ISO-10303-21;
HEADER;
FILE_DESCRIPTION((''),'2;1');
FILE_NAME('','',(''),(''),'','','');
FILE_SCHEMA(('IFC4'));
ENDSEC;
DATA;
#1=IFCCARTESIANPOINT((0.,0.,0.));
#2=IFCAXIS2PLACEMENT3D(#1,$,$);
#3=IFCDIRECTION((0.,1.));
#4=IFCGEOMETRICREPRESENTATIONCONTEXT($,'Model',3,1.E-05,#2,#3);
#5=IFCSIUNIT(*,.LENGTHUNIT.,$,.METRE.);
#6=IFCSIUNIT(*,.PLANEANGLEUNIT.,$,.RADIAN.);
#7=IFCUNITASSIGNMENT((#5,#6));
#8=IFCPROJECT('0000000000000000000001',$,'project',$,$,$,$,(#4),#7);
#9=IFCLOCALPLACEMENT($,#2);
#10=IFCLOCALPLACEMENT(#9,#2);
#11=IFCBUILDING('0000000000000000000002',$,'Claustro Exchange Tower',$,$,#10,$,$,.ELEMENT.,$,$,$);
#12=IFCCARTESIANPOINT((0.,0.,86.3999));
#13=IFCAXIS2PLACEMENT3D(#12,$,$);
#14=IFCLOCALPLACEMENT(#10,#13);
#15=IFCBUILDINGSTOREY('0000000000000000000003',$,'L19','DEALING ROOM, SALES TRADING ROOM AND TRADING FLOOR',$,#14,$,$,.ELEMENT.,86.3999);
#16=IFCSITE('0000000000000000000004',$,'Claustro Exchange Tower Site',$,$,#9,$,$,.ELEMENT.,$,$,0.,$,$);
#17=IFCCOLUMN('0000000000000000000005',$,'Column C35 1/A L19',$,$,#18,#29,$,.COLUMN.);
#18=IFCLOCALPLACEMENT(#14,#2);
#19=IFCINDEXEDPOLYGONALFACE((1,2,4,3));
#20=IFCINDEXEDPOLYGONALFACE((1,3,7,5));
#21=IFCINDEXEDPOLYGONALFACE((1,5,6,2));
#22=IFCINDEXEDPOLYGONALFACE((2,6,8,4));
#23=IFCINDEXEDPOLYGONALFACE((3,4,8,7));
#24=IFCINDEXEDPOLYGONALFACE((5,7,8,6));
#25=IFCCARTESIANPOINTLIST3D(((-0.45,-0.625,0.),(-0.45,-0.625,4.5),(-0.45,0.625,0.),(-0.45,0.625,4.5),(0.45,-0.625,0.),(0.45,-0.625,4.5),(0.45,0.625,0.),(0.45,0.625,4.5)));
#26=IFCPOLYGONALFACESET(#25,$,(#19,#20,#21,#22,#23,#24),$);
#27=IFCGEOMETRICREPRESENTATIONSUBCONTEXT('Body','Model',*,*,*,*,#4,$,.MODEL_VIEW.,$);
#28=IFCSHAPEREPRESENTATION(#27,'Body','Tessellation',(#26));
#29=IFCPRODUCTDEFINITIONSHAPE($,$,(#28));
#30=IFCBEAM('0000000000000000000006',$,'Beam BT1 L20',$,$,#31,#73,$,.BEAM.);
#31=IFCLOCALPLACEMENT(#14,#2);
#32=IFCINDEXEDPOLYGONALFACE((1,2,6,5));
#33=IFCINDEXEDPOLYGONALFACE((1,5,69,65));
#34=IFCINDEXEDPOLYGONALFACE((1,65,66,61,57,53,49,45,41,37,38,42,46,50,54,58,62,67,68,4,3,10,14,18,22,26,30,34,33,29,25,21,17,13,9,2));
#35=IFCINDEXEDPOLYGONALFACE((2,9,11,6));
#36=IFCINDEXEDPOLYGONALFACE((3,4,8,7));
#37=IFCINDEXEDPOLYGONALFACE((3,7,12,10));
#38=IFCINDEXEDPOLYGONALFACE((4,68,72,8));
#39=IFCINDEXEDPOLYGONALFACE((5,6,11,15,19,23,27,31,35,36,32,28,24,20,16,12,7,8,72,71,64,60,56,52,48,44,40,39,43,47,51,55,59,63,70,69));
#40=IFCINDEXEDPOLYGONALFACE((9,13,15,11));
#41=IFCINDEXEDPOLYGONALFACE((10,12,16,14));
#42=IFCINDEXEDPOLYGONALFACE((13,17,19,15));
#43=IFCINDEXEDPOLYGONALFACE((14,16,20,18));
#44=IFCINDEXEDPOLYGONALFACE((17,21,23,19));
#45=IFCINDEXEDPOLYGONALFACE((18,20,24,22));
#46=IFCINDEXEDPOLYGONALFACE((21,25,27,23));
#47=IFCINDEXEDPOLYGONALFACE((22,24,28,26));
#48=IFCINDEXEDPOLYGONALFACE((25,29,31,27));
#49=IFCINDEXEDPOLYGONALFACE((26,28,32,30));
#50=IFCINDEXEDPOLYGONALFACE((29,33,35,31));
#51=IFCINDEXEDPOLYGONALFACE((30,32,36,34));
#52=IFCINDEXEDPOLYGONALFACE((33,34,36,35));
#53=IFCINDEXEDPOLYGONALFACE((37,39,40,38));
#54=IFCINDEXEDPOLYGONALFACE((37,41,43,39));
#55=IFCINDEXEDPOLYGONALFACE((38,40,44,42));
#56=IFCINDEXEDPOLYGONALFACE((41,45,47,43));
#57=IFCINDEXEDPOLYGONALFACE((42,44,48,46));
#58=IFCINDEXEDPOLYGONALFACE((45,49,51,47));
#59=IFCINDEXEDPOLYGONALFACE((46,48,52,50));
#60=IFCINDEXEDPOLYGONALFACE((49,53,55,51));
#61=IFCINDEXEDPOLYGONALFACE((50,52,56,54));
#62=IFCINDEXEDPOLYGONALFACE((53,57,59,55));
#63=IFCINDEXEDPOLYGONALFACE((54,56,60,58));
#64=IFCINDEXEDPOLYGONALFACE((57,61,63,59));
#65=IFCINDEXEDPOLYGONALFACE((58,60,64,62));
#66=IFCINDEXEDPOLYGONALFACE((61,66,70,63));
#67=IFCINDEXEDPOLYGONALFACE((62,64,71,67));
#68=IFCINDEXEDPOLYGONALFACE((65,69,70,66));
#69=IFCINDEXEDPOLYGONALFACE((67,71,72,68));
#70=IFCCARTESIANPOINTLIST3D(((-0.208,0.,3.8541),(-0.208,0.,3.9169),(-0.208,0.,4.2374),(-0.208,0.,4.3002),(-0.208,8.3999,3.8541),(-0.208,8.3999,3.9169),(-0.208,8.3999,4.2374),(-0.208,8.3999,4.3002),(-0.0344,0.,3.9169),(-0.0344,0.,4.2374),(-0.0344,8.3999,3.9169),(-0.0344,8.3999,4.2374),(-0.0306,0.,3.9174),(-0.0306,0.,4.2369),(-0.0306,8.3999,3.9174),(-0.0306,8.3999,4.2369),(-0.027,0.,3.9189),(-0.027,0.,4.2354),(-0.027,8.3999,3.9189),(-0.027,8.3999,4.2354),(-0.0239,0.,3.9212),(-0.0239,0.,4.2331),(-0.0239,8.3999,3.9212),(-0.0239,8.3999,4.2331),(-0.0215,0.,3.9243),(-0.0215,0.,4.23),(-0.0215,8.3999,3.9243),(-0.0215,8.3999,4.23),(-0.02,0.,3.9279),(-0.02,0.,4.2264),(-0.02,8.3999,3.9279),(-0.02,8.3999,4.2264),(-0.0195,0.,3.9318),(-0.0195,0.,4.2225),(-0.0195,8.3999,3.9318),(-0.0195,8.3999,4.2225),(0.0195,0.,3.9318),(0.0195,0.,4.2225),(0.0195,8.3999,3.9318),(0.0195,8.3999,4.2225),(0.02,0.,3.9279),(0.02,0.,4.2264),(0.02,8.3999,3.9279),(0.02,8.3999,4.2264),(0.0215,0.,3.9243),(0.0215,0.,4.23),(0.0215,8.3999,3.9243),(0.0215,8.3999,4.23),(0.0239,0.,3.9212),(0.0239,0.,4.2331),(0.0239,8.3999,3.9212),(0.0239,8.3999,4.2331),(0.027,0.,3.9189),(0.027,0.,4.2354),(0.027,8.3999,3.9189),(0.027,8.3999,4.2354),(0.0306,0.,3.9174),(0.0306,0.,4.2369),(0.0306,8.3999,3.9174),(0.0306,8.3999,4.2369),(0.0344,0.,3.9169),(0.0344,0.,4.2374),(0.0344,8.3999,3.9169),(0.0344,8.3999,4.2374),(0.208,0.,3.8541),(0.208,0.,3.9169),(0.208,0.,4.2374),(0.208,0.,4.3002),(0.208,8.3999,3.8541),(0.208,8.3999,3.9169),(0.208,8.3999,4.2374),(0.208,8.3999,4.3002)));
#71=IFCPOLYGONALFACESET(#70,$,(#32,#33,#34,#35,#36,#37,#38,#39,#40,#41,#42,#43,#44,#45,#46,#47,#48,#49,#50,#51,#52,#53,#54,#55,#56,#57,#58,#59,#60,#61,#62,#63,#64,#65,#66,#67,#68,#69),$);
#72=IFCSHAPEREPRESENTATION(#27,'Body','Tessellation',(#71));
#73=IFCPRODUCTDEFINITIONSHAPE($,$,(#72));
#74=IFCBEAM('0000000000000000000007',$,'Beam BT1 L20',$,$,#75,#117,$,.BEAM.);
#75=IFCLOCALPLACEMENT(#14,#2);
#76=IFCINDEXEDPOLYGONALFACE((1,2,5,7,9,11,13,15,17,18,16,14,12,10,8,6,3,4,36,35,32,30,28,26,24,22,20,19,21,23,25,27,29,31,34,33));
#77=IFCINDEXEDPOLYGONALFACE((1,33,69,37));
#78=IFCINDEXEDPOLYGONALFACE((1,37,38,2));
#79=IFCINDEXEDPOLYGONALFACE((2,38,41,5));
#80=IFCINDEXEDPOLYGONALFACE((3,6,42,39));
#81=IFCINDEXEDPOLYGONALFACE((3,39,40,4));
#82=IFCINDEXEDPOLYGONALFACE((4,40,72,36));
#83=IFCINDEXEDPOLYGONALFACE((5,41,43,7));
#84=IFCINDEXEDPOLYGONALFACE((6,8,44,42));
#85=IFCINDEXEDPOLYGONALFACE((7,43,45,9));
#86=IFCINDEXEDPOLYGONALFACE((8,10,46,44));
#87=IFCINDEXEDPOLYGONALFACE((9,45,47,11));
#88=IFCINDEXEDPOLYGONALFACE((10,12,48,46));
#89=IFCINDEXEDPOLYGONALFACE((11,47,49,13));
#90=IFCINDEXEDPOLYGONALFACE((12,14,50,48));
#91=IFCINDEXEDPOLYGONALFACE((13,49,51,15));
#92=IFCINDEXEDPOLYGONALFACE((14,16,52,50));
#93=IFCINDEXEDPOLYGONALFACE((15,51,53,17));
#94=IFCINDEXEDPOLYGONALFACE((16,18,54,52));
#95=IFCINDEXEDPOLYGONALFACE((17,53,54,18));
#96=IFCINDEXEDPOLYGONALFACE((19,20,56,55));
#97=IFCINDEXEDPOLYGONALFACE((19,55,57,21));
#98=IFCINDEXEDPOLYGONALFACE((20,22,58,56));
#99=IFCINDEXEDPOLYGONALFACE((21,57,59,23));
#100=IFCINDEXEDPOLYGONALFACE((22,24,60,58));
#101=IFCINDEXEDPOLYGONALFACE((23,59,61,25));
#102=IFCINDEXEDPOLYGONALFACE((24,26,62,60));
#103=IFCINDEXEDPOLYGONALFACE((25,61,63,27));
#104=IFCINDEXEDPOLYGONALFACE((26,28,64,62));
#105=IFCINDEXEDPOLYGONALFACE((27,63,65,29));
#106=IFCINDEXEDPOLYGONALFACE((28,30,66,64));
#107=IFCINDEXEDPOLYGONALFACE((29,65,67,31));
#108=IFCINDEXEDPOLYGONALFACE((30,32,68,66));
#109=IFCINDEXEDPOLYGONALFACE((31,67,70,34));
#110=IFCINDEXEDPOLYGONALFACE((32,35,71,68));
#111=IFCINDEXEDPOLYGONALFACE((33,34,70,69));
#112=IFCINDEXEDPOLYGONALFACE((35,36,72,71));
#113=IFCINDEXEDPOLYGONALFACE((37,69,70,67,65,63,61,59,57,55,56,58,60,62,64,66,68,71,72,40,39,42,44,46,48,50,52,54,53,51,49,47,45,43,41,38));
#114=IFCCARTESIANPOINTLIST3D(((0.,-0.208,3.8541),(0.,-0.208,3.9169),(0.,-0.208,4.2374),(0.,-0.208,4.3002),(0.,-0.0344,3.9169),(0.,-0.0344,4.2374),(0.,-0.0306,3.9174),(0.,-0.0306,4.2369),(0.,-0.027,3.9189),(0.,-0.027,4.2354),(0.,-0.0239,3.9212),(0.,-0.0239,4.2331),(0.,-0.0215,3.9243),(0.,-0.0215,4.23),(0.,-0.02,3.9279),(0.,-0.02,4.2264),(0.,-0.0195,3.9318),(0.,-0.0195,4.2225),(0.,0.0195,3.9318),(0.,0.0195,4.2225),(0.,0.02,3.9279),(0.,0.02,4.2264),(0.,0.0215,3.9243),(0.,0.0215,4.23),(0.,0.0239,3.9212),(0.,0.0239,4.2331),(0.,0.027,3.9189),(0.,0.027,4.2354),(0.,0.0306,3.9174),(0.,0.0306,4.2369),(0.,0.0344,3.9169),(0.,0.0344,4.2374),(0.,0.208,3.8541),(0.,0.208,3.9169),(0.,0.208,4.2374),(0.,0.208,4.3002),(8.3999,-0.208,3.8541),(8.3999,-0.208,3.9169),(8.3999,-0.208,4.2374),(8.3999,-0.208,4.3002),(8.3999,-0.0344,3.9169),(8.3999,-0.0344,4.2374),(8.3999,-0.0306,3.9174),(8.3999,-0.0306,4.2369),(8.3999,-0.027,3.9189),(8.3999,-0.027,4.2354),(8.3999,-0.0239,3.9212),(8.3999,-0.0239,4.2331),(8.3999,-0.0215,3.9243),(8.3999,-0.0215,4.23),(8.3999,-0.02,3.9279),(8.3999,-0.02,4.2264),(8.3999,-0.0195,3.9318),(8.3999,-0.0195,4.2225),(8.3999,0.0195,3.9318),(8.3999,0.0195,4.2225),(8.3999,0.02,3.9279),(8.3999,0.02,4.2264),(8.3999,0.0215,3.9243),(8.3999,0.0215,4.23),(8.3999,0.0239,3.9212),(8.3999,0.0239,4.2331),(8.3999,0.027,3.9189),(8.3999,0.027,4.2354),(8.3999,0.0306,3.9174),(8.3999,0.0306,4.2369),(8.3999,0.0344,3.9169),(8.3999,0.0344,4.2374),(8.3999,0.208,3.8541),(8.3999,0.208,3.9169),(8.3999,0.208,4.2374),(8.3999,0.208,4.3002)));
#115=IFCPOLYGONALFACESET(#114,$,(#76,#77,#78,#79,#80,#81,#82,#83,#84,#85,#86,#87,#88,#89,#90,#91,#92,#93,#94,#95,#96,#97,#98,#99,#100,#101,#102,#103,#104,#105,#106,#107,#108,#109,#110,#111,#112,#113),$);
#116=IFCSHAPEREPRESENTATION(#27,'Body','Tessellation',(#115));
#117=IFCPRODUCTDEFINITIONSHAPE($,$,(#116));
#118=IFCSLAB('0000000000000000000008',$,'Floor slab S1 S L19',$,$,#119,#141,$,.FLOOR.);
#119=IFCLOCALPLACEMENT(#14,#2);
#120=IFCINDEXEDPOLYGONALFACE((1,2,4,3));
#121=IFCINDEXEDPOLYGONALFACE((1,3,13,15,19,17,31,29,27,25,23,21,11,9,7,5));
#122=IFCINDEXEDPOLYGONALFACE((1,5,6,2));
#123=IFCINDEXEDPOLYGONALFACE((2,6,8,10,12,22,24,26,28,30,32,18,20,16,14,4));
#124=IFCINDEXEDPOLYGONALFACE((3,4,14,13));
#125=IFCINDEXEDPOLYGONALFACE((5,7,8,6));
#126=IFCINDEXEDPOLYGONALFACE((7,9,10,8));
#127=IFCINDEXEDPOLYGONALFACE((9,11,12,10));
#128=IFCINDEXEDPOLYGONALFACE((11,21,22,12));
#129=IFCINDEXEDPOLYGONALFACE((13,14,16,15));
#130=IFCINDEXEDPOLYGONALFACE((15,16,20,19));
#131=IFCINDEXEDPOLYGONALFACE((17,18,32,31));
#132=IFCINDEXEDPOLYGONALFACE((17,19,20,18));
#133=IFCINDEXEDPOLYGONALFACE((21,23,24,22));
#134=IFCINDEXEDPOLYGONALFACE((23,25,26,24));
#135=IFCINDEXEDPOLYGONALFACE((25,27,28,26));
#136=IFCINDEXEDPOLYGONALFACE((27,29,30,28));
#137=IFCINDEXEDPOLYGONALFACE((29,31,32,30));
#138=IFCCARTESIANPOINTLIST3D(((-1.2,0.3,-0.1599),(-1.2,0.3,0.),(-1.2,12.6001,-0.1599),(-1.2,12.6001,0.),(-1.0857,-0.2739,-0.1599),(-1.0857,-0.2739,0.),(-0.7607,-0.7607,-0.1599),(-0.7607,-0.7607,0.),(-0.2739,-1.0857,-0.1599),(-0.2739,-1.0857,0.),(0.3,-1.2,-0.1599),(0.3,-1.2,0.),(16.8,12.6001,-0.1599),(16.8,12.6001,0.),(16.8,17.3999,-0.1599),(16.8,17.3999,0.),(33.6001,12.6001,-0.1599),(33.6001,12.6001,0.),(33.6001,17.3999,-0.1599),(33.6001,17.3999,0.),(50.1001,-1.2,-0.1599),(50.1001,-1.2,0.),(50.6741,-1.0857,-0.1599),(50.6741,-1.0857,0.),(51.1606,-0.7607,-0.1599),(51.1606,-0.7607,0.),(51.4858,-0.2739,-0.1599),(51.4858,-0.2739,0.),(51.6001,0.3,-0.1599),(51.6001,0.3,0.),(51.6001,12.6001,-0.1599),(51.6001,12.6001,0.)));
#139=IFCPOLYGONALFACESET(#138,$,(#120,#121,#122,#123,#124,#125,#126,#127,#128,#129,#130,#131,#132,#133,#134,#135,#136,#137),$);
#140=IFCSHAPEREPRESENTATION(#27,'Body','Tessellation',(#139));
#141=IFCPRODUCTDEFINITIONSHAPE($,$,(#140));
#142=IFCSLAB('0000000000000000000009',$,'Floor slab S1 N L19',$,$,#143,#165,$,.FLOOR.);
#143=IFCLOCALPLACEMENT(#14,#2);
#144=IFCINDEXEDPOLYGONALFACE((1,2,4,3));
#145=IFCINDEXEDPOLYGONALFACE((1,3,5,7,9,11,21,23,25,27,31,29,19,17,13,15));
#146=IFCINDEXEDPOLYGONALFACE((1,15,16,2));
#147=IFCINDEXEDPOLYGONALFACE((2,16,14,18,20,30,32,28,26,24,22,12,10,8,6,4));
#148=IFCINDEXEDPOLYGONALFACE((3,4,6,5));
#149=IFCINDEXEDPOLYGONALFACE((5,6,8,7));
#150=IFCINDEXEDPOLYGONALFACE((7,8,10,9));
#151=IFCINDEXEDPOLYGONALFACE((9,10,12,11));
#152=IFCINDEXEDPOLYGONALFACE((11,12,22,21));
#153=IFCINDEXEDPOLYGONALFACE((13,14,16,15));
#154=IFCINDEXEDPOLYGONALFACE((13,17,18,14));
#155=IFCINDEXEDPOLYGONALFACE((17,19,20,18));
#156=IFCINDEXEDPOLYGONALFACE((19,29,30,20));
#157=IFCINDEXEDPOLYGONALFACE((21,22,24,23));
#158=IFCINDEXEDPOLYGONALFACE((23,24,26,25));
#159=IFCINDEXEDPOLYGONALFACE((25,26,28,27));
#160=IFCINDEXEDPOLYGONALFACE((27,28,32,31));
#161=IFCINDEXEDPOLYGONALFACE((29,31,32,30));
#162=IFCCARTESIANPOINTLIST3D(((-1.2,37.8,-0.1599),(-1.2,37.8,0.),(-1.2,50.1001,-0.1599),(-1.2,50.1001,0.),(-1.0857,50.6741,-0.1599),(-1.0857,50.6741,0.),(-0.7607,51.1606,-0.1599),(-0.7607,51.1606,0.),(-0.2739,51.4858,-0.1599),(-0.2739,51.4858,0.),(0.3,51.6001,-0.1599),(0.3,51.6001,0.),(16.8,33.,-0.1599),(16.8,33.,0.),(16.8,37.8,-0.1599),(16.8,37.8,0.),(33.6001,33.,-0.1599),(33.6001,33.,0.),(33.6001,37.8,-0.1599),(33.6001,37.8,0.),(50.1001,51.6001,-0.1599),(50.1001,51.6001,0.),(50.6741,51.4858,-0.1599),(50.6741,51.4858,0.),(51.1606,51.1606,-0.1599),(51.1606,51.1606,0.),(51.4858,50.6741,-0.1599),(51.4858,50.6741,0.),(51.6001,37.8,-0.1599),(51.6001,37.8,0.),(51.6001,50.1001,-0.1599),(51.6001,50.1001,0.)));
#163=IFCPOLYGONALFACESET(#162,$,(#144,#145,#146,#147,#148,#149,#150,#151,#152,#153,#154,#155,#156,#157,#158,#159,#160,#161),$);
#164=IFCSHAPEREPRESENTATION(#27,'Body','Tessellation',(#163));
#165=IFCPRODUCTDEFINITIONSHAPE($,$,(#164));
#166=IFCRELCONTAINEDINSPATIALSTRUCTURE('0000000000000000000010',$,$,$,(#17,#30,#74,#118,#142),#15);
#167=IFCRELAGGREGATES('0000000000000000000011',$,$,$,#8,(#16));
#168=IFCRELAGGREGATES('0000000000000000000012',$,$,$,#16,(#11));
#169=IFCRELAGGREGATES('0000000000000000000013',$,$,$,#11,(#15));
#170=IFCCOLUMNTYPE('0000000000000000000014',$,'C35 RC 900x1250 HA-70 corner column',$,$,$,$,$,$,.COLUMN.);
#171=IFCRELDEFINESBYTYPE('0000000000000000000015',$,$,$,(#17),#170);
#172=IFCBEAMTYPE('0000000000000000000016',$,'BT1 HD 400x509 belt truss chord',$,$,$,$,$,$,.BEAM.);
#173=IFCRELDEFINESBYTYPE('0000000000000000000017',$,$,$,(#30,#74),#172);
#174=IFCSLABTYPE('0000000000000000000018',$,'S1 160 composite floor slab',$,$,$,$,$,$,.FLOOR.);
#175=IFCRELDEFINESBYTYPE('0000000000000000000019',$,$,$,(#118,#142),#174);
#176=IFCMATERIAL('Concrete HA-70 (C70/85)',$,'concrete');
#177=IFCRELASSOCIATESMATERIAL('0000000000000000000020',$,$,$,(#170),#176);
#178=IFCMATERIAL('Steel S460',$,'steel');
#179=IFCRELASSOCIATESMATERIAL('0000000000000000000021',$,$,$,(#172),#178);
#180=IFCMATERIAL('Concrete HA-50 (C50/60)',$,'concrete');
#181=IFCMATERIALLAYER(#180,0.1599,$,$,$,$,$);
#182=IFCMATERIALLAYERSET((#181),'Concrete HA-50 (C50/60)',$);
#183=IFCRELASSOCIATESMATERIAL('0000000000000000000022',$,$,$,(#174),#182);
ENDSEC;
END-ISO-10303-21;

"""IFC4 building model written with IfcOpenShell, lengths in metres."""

from ifc_helpers import new_model, si_unit, direction, frame, origin, origin_with_axes, origin_2d, place, context, subcontext, project, spatial, polyline, rectangle, i_section, outline, extrude, material, layer, layer_set, material_profile, profile_set, type_object, element, save


model = new_model("IFC4")

# Units and contexts
model_context = context("Model", 3, precision=1e-05, world=origin(), true_north=direction((0.0, 1.0)))
body_context = subcontext(model_context, "Body", "Model", "MODEL_VIEW")
ifc_project = project(units=[si_unit("LENGTHUNIT", "METRE"), si_unit("PLANEANGLEUNIT", "RADIAN")], contexts=[model_context])

# Site, building, storey
site_placement = place(None, origin())
site = spatial("IfcSite", under=ifc_project, at=site_placement, Name="Claustro Exchange Tower Site", CompositionType="ELEMENT", RefElevation=0.0)
building_placement = place(site_placement, origin())
building = spatial("IfcBuilding", under=site, at=building_placement, Name="Claustro Exchange Tower", CompositionType="ELEMENT")
storey_placement = place(building_placement, frame((0.0, 0.0, 86.3999)))
storey = spatial("IfcBuildingStorey", under=building, at=storey_placement, Name="L19", Description="DEALING ROOM, SALES TRADING ROOM AND TRADING FLOOR", CompositionType="ELEMENT", Elevation=86.3999)

# Column
ifc_material_1 = material(Name="Concrete HA-70 (C70/85)", Category="concrete")
ifc_material_profile_1 = material_profile(ifc_material_1, rectangle(XDim=0.8999, YDim=1.25, at=origin_2d()), Name="RC 900x1250")
ifc_profile_set_1 = profile_set([ifc_material_profile_1], Name="Concrete HA-70 (C70/85)")
column_type = type_object("IfcColumnType", Name="C35 RC 900x1250 HA-70 corner column", PredefinedType="COLUMN", material=ifc_profile_set_1)
column_placement = place(storey_placement, origin_with_axes())
element("IfcColumn", 1, at=column_placement, inside=storey, type_object=column_type, Name="Column C35 1/A L19", PredefinedType="COLUMN", context=body_context, shape_type="SweptSolid", body=[
    extrude(rectangle(XDim=0.8999, YDim=1.25, at=origin_2d()), origin(), (0.0, 0.0, 1.0), 4.5),
])

# Beams
ifc_material_2 = material(Name="Steel S460", Category="steel")
ifc_material_profile_2 = material_profile(ifc_material_2, i_section(OverallWidth=0.416, OverallDepth=0.446, WebThickness=0.0391, FlangeThickness=0.0627, FilletRadius=0.0149, at=origin_2d()), Name="HD 400x509")
ifc_profile_set_2 = profile_set([ifc_material_profile_2], Name="Steel S460")
beam_type = type_object("IfcBeamType", Name="BT1 HD 400x509 belt truss chord", PredefinedType="BEAM", material=ifc_profile_set_2)
for number, where, z_axis, x_axis, name in (
    (2, (0.0, 0.0, 4.0771), (0.0, 1.0, 0.0), (-1.0, 0.0, 0.0), "Beam BT1 L20"),
    (3, (0.0, 0.0, 4.0771), (1.0, 0.0, 0.0), (0.0, 1.0, 0.0), "Beam BT1 L20"),
):
    element("IfcBeam", number, at=place(storey_placement, frame(where, z_axis=z_axis, x_axis=x_axis)), inside=storey, type_object=beam_type, Name=name, PredefinedType="BEAM", context=body_context, shape_type="SweptSolid", body=[
        extrude(i_section(OverallWidth=0.416, OverallDepth=0.446, WebThickness=0.0391, FlangeThickness=0.0627, FilletRadius=0.0149, at=origin_2d()), origin(), (0.0, 0.0, 1.0), 8.3999),
    ])

# Slabs
ifc_material_3 = material(Name="Concrete HA-50 (C50/60)", Category="concrete")
ifc_layer_1 = layer(ifc_material_3, 0.1599)
ifc_layer_set_1 = layer_set([ifc_layer_1], Name="Concrete HA-50 (C50/60)")
slab_type_1 = type_object("IfcSlabType", Name="S1 160 composite floor slab", PredefinedType="FLOOR", material=ifc_layer_set_1)
slab_1_placement = place(storey_placement, frame((0.0, 0.0, -0.1599)))
element("IfcSlab", 4, at=slab_1_placement, inside=storey, type_object=slab_type_1, Name="Floor slab S1 S L19", PredefinedType="FLOOR", context=body_context, shape_type="SweptSolid", body=[
    extrude(outline(polyline([(-0.2739, -1.0857), (0.3, -1.2), (50.1001, -1.2), (50.6741, -1.0857), (51.1606, -0.7607), (51.4858, -0.2739), (51.6001, 0.3), (51.6001, 12.6001), (33.6001, 12.6001), (33.6001, 17.3999), (16.8, 17.3999), (16.8, 12.6001), (-1.2, 12.6001), (-1.2, 0.3), (-1.0857, -0.2739), (-0.7607, -0.7607), (-0.2739, -1.0857)])), origin(), (0.0, 0.0, 1.0), 0.1599),
])
slab_2_placement = place(storey_placement, frame((0.0, 0.0, -0.1599)))
element("IfcSlab", 5, at=slab_2_placement, inside=storey, type_object=slab_type_1, Name="Floor slab S1 N L19", PredefinedType="FLOOR", context=body_context, shape_type="SweptSolid", body=[
    extrude(outline(polyline([(16.8, 37.8), (16.8, 33.0), (33.6001, 33.0), (33.6001, 37.8), (51.6001, 37.8), (51.6001, 50.1001), (51.4858, 50.6741), (51.1606, 51.1606), (50.6741, 51.4858), (50.1001, 51.6001), (0.3, 51.6001), (-0.2739, 51.4858), (-0.7607, 51.1606), (-1.0857, 50.6741), (-1.2, 50.1001), (-1.2, 37.8), (16.8, 37.8)])), origin(), (0.0, 0.0, 1.0), 0.1599),
])

save(model, "model.ifc")
